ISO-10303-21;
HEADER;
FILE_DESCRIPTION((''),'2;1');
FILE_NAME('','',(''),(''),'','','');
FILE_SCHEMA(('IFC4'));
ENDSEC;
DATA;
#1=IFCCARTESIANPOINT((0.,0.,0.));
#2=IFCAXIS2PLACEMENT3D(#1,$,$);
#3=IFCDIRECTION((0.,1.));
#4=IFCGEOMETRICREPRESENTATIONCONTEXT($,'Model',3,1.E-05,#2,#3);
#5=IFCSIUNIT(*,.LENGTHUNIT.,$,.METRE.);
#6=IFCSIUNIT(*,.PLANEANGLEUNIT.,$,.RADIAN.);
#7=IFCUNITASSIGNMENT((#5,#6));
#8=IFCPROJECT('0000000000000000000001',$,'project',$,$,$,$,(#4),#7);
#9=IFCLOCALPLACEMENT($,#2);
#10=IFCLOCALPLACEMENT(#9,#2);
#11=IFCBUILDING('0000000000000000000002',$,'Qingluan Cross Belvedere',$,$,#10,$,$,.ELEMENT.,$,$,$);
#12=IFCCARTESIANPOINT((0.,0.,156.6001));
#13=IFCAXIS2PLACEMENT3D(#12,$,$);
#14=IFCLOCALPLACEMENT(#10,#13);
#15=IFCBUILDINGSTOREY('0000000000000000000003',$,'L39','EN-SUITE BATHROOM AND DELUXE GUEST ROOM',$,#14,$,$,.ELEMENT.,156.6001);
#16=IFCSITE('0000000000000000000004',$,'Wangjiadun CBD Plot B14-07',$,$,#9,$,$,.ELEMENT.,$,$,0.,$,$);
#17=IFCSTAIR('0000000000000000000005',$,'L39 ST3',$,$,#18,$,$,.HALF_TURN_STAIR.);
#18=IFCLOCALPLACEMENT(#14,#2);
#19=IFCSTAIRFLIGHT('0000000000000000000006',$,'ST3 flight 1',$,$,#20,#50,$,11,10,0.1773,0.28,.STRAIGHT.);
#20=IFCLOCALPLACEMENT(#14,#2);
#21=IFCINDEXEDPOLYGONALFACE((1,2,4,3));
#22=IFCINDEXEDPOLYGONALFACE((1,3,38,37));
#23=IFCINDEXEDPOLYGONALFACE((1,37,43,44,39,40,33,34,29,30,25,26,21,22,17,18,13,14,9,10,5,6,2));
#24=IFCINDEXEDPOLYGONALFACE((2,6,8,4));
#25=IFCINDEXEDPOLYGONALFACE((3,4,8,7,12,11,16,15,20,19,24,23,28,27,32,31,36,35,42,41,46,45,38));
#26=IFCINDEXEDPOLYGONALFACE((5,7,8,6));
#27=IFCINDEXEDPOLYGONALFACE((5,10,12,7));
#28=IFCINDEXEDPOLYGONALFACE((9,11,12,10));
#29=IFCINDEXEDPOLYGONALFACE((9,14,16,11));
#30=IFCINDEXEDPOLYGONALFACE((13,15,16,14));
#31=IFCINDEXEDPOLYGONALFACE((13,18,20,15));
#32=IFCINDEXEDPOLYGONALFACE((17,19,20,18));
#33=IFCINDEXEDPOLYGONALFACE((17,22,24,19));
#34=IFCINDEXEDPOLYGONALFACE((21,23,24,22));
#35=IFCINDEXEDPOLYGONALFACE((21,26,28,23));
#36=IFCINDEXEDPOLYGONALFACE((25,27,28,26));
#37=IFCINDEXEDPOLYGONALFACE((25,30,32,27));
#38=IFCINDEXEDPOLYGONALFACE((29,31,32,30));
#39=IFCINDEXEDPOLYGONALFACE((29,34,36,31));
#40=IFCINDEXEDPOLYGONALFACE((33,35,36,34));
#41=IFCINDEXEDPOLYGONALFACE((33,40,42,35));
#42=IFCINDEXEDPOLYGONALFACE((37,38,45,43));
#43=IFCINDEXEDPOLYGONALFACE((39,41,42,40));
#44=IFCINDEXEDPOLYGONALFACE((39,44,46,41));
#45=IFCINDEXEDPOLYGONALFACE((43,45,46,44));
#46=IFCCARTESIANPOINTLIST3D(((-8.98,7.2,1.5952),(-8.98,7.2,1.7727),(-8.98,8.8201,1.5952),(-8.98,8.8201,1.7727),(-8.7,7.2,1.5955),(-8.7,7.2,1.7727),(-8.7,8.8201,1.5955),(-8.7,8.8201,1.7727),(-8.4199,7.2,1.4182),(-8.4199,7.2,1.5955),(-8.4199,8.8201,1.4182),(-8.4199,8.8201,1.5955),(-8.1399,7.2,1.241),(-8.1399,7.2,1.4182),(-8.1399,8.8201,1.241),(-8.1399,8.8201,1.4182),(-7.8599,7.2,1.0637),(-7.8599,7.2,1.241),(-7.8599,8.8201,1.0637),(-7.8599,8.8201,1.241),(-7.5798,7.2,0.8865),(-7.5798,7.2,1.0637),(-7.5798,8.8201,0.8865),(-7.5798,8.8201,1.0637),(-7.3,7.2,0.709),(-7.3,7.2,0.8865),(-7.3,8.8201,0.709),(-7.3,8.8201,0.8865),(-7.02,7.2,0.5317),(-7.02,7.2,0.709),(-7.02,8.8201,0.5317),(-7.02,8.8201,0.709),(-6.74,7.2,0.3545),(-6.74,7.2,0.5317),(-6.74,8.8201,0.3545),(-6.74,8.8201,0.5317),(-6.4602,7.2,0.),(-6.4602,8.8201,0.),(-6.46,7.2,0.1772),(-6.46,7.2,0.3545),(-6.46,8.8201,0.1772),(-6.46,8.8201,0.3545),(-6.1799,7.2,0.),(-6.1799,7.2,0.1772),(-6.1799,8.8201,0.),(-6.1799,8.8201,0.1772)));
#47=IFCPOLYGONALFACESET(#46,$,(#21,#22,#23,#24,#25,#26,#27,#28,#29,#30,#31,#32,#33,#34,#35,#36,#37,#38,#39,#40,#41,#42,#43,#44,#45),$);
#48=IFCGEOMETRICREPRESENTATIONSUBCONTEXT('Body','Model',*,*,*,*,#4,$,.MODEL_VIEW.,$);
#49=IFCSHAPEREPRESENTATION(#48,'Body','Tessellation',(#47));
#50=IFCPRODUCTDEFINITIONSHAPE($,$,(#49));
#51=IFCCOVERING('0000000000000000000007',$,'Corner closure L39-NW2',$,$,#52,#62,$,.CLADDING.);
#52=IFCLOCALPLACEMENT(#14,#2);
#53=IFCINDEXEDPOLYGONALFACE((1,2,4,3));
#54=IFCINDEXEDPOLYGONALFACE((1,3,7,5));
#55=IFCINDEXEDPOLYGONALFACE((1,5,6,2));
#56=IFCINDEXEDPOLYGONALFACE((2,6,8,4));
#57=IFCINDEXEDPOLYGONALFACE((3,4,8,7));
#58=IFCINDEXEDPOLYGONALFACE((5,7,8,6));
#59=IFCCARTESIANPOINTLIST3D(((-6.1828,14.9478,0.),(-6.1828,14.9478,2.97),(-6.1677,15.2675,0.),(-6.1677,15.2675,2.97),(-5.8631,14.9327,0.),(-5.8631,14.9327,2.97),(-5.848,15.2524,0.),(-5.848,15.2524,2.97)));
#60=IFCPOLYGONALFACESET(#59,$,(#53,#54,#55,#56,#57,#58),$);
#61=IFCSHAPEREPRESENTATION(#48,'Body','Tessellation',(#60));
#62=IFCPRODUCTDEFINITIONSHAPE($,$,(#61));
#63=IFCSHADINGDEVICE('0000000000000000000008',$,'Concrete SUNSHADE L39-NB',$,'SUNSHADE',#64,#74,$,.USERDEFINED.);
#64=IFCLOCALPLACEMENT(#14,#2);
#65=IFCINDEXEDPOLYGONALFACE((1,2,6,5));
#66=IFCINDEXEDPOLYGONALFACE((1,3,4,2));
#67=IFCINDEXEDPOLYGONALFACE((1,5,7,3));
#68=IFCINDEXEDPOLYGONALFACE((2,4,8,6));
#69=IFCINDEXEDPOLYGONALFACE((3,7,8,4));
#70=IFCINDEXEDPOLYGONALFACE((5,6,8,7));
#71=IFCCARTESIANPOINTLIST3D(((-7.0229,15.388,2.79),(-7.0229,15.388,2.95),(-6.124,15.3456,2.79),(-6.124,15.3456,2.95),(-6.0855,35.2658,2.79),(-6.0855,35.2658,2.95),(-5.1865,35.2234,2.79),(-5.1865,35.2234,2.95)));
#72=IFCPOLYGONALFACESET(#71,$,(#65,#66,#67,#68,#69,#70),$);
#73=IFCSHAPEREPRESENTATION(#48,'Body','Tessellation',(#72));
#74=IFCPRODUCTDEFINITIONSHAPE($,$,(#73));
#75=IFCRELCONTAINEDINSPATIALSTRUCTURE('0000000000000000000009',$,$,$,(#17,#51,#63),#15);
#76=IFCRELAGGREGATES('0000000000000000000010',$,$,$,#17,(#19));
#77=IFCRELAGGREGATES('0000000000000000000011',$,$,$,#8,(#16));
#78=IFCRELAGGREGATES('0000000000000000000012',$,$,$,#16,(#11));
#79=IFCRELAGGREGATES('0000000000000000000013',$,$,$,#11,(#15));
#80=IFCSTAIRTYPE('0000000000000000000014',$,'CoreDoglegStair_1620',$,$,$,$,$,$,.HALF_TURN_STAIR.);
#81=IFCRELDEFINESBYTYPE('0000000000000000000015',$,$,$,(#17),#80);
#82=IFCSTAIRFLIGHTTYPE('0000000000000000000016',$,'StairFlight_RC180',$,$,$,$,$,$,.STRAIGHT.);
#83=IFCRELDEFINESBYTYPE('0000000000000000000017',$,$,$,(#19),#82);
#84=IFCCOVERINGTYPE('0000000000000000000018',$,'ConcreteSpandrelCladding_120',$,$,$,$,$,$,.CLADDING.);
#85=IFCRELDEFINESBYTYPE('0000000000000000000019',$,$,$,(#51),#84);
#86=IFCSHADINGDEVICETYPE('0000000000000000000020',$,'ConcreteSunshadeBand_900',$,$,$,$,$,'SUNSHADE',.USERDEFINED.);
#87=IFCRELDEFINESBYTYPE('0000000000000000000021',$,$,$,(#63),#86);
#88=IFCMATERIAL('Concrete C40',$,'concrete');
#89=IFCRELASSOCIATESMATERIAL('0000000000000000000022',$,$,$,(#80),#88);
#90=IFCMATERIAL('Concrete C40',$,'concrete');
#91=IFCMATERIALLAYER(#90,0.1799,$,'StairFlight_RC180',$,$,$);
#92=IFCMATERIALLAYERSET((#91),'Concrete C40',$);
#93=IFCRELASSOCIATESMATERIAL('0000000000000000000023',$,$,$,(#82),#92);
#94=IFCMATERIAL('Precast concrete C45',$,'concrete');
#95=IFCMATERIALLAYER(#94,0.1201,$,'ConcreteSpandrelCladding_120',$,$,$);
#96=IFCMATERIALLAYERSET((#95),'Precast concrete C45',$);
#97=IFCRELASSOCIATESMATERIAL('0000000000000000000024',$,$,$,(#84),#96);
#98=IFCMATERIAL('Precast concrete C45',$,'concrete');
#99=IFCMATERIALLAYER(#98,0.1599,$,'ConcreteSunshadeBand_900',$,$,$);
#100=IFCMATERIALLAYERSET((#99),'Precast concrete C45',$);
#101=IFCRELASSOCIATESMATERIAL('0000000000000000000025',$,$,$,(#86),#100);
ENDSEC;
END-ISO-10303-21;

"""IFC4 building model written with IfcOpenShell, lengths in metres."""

from ifc_helpers import new_model, si_unit, direction, frame, origin, origin_2d, place, context, subcontext, project, spatial, polyline, rectangle, outline, extrude, material, layer, layer_set, type_object, element, aggregate, save


model = new_model("IFC4")

# Units and contexts
model_context = context("Model", 3, precision=1e-05, world=origin(), true_north=direction((0.0, 1.0)))
body_context = subcontext(model_context, "Body", "Model", "MODEL_VIEW")
ifc_project = project(units=[si_unit("LENGTHUNIT", "METRE"), si_unit("PLANEANGLEUNIT", "RADIAN")], contexts=[model_context])

# Site, building, storey
site_placement = place(None, origin())
site = spatial("IfcSite", under=ifc_project, at=site_placement, Name="Wangjiadun CBD Plot B14-07", CompositionType="ELEMENT", RefElevation=0.0)
building_placement = place(site_placement, origin())
building = spatial("IfcBuilding", under=site, at=building_placement, Name="Qingluan Cross Belvedere", CompositionType="ELEMENT")
storey_placement = place(building_placement, frame((0.0, 0.0, 156.6001)))
storey = spatial("IfcBuildingStorey", under=building, at=storey_placement, Name="L39", Description="EN-SUITE BATHROOM AND DELUXE GUEST ROOM", CompositionType="ELEMENT", Elevation=156.6001)

# Stair, stair flight
ifc_material_1 = material(Name="Concrete C40", Category="concrete")
stair_type = type_object("IfcStairType", Name="CoreDoglegStair_1620", PredefinedType="HALF_TURN_STAIR", material=ifc_material_1)
stair_placement = place(storey_placement, origin())
stair = element("IfcStair", 1, at=stair_placement, inside=storey, type_object=stair_type, Name="L39 ST3", PredefinedType="HALF_TURN_STAIR")
ifc_material_2 = material(Name="Concrete C40", Category="concrete")
ifc_layer_1 = layer(ifc_material_2, 0.1799, Name="StairFlight_RC180")
ifc_layer_set_1 = layer_set([ifc_layer_1], Name="Concrete C40")
stair_flight_type = type_object("IfcStairFlightType", Name="StairFlight_RC180", PredefinedType="STRAIGHT", material=ifc_layer_set_1)
stair_flight_placement = place(storey_placement, frame((-6.1799, 8.01, 0.0), z_axis=(0.0, 0.0, 1.0), x_axis=(-1.0, 0.0, 0.0)))
stair_flight = element("IfcStairFlight", 2, at=stair_flight_placement, type_object=stair_flight_type, Name="ST3 flight 1", NumberOfRisers=11, NumberOfTreads=10, PredefinedType="STRAIGHT", RiserHeight=0.1773, TreadLength=0.28, context=body_context, shape_type="SweptSolid", body=[
    extrude(outline(polyline([(0.0, 0.0), (0.0, 0.1772), (0.28, 0.1772), (0.28, 0.3545), (0.5601, 0.3545), (0.5601, 0.5317), (0.8401, 0.5317), (0.8401, 0.709), (1.1201, 0.709), (1.1201, 0.8865), (1.3999, 0.8865), (1.3999, 1.0637), (1.6799, 1.0637), (1.6799, 1.241), (1.96, 1.241), (1.96, 1.4182), (2.24, 1.4182), (2.24, 1.5955), (2.52, 1.5955), (2.52, 1.7727), (2.8, 1.7727), (2.8, 1.95), (2.8, 1.5952), (0.2803, 0.0), (0.0, 0.0)])), frame((0.0, 0.8101, 0.0), z_axis=(0.0, -1.0, 0.0), x_axis=(1.0, 0.0, 0.0)), (0.0, 0.0, 1.0), 1.6201),
])
aggregate(stair, [stair_flight])

# Covering
ifc_material_3 = material(Name="Precast concrete C45", Category="concrete")
ifc_layer_2 = layer(ifc_material_3, 0.1201, Name="ConcreteSpandrelCladding_120")
ifc_layer_set_2 = layer_set([ifc_layer_2], Name="Precast concrete C45")
covering_type = type_object("IfcCoveringType", Name="ConcreteSpandrelCladding_120", PredefinedType="CLADDING", material=ifc_layer_set_2)
covering_placement = place(storey_placement, frame((-6.0154, 15.1001, 0.0), z_axis=(0.0, 0.0, 1.0), x_axis=(0.99889, -0.047106, 0.0)))
element("IfcCovering", 3, at=covering_placement, inside=storey, type_object=covering_type, Name="Corner closure L39-NW2", PredefinedType="CLADDING", context=body_context, shape_type="SweptSolid", body=[
    extrude(rectangle(XDim=0.3201, YDim=0.3201, at=origin_2d()), origin(), (0.0, 0.0, 1.0), 2.97),
])

# Shading device
ifc_material_4 = material(Name="Precast concrete C45", Category="concrete")
ifc_layer_3 = layer(ifc_material_4, 0.1599, Name="ConcreteSunshadeBand_900")
ifc_layer_set_3 = layer_set([ifc_layer_3], Name="Precast concrete C45")
shading_device_type = type_object("IfcShadingDeviceType", Name="ConcreteSunshadeBand_900", ElementType="SUNSHADE", PredefinedType="USERDEFINED", material=ifc_layer_set_3)
shading_device_placement = place(storey_placement, frame((-6.1047, 25.3057, 2.79), z_axis=(0.0, 0.0, 1.0), x_axis=(-0.047109, -0.99889, 0.0)))
element("IfcShadingDevice", 4, at=shading_device_placement, inside=storey, type_object=shading_device_type, Name="Concrete SUNSHADE L39-NB", ObjectType="SUNSHADE", PredefinedType="USERDEFINED", context=body_context, shape_type="SweptSolid", body=[
    extrude(rectangle(XDim=19.8999, YDim=0.8999, at=origin_2d()), origin(), (0.0, 0.0, 1.0), 0.1599),
])

save(model, "model.ifc")
